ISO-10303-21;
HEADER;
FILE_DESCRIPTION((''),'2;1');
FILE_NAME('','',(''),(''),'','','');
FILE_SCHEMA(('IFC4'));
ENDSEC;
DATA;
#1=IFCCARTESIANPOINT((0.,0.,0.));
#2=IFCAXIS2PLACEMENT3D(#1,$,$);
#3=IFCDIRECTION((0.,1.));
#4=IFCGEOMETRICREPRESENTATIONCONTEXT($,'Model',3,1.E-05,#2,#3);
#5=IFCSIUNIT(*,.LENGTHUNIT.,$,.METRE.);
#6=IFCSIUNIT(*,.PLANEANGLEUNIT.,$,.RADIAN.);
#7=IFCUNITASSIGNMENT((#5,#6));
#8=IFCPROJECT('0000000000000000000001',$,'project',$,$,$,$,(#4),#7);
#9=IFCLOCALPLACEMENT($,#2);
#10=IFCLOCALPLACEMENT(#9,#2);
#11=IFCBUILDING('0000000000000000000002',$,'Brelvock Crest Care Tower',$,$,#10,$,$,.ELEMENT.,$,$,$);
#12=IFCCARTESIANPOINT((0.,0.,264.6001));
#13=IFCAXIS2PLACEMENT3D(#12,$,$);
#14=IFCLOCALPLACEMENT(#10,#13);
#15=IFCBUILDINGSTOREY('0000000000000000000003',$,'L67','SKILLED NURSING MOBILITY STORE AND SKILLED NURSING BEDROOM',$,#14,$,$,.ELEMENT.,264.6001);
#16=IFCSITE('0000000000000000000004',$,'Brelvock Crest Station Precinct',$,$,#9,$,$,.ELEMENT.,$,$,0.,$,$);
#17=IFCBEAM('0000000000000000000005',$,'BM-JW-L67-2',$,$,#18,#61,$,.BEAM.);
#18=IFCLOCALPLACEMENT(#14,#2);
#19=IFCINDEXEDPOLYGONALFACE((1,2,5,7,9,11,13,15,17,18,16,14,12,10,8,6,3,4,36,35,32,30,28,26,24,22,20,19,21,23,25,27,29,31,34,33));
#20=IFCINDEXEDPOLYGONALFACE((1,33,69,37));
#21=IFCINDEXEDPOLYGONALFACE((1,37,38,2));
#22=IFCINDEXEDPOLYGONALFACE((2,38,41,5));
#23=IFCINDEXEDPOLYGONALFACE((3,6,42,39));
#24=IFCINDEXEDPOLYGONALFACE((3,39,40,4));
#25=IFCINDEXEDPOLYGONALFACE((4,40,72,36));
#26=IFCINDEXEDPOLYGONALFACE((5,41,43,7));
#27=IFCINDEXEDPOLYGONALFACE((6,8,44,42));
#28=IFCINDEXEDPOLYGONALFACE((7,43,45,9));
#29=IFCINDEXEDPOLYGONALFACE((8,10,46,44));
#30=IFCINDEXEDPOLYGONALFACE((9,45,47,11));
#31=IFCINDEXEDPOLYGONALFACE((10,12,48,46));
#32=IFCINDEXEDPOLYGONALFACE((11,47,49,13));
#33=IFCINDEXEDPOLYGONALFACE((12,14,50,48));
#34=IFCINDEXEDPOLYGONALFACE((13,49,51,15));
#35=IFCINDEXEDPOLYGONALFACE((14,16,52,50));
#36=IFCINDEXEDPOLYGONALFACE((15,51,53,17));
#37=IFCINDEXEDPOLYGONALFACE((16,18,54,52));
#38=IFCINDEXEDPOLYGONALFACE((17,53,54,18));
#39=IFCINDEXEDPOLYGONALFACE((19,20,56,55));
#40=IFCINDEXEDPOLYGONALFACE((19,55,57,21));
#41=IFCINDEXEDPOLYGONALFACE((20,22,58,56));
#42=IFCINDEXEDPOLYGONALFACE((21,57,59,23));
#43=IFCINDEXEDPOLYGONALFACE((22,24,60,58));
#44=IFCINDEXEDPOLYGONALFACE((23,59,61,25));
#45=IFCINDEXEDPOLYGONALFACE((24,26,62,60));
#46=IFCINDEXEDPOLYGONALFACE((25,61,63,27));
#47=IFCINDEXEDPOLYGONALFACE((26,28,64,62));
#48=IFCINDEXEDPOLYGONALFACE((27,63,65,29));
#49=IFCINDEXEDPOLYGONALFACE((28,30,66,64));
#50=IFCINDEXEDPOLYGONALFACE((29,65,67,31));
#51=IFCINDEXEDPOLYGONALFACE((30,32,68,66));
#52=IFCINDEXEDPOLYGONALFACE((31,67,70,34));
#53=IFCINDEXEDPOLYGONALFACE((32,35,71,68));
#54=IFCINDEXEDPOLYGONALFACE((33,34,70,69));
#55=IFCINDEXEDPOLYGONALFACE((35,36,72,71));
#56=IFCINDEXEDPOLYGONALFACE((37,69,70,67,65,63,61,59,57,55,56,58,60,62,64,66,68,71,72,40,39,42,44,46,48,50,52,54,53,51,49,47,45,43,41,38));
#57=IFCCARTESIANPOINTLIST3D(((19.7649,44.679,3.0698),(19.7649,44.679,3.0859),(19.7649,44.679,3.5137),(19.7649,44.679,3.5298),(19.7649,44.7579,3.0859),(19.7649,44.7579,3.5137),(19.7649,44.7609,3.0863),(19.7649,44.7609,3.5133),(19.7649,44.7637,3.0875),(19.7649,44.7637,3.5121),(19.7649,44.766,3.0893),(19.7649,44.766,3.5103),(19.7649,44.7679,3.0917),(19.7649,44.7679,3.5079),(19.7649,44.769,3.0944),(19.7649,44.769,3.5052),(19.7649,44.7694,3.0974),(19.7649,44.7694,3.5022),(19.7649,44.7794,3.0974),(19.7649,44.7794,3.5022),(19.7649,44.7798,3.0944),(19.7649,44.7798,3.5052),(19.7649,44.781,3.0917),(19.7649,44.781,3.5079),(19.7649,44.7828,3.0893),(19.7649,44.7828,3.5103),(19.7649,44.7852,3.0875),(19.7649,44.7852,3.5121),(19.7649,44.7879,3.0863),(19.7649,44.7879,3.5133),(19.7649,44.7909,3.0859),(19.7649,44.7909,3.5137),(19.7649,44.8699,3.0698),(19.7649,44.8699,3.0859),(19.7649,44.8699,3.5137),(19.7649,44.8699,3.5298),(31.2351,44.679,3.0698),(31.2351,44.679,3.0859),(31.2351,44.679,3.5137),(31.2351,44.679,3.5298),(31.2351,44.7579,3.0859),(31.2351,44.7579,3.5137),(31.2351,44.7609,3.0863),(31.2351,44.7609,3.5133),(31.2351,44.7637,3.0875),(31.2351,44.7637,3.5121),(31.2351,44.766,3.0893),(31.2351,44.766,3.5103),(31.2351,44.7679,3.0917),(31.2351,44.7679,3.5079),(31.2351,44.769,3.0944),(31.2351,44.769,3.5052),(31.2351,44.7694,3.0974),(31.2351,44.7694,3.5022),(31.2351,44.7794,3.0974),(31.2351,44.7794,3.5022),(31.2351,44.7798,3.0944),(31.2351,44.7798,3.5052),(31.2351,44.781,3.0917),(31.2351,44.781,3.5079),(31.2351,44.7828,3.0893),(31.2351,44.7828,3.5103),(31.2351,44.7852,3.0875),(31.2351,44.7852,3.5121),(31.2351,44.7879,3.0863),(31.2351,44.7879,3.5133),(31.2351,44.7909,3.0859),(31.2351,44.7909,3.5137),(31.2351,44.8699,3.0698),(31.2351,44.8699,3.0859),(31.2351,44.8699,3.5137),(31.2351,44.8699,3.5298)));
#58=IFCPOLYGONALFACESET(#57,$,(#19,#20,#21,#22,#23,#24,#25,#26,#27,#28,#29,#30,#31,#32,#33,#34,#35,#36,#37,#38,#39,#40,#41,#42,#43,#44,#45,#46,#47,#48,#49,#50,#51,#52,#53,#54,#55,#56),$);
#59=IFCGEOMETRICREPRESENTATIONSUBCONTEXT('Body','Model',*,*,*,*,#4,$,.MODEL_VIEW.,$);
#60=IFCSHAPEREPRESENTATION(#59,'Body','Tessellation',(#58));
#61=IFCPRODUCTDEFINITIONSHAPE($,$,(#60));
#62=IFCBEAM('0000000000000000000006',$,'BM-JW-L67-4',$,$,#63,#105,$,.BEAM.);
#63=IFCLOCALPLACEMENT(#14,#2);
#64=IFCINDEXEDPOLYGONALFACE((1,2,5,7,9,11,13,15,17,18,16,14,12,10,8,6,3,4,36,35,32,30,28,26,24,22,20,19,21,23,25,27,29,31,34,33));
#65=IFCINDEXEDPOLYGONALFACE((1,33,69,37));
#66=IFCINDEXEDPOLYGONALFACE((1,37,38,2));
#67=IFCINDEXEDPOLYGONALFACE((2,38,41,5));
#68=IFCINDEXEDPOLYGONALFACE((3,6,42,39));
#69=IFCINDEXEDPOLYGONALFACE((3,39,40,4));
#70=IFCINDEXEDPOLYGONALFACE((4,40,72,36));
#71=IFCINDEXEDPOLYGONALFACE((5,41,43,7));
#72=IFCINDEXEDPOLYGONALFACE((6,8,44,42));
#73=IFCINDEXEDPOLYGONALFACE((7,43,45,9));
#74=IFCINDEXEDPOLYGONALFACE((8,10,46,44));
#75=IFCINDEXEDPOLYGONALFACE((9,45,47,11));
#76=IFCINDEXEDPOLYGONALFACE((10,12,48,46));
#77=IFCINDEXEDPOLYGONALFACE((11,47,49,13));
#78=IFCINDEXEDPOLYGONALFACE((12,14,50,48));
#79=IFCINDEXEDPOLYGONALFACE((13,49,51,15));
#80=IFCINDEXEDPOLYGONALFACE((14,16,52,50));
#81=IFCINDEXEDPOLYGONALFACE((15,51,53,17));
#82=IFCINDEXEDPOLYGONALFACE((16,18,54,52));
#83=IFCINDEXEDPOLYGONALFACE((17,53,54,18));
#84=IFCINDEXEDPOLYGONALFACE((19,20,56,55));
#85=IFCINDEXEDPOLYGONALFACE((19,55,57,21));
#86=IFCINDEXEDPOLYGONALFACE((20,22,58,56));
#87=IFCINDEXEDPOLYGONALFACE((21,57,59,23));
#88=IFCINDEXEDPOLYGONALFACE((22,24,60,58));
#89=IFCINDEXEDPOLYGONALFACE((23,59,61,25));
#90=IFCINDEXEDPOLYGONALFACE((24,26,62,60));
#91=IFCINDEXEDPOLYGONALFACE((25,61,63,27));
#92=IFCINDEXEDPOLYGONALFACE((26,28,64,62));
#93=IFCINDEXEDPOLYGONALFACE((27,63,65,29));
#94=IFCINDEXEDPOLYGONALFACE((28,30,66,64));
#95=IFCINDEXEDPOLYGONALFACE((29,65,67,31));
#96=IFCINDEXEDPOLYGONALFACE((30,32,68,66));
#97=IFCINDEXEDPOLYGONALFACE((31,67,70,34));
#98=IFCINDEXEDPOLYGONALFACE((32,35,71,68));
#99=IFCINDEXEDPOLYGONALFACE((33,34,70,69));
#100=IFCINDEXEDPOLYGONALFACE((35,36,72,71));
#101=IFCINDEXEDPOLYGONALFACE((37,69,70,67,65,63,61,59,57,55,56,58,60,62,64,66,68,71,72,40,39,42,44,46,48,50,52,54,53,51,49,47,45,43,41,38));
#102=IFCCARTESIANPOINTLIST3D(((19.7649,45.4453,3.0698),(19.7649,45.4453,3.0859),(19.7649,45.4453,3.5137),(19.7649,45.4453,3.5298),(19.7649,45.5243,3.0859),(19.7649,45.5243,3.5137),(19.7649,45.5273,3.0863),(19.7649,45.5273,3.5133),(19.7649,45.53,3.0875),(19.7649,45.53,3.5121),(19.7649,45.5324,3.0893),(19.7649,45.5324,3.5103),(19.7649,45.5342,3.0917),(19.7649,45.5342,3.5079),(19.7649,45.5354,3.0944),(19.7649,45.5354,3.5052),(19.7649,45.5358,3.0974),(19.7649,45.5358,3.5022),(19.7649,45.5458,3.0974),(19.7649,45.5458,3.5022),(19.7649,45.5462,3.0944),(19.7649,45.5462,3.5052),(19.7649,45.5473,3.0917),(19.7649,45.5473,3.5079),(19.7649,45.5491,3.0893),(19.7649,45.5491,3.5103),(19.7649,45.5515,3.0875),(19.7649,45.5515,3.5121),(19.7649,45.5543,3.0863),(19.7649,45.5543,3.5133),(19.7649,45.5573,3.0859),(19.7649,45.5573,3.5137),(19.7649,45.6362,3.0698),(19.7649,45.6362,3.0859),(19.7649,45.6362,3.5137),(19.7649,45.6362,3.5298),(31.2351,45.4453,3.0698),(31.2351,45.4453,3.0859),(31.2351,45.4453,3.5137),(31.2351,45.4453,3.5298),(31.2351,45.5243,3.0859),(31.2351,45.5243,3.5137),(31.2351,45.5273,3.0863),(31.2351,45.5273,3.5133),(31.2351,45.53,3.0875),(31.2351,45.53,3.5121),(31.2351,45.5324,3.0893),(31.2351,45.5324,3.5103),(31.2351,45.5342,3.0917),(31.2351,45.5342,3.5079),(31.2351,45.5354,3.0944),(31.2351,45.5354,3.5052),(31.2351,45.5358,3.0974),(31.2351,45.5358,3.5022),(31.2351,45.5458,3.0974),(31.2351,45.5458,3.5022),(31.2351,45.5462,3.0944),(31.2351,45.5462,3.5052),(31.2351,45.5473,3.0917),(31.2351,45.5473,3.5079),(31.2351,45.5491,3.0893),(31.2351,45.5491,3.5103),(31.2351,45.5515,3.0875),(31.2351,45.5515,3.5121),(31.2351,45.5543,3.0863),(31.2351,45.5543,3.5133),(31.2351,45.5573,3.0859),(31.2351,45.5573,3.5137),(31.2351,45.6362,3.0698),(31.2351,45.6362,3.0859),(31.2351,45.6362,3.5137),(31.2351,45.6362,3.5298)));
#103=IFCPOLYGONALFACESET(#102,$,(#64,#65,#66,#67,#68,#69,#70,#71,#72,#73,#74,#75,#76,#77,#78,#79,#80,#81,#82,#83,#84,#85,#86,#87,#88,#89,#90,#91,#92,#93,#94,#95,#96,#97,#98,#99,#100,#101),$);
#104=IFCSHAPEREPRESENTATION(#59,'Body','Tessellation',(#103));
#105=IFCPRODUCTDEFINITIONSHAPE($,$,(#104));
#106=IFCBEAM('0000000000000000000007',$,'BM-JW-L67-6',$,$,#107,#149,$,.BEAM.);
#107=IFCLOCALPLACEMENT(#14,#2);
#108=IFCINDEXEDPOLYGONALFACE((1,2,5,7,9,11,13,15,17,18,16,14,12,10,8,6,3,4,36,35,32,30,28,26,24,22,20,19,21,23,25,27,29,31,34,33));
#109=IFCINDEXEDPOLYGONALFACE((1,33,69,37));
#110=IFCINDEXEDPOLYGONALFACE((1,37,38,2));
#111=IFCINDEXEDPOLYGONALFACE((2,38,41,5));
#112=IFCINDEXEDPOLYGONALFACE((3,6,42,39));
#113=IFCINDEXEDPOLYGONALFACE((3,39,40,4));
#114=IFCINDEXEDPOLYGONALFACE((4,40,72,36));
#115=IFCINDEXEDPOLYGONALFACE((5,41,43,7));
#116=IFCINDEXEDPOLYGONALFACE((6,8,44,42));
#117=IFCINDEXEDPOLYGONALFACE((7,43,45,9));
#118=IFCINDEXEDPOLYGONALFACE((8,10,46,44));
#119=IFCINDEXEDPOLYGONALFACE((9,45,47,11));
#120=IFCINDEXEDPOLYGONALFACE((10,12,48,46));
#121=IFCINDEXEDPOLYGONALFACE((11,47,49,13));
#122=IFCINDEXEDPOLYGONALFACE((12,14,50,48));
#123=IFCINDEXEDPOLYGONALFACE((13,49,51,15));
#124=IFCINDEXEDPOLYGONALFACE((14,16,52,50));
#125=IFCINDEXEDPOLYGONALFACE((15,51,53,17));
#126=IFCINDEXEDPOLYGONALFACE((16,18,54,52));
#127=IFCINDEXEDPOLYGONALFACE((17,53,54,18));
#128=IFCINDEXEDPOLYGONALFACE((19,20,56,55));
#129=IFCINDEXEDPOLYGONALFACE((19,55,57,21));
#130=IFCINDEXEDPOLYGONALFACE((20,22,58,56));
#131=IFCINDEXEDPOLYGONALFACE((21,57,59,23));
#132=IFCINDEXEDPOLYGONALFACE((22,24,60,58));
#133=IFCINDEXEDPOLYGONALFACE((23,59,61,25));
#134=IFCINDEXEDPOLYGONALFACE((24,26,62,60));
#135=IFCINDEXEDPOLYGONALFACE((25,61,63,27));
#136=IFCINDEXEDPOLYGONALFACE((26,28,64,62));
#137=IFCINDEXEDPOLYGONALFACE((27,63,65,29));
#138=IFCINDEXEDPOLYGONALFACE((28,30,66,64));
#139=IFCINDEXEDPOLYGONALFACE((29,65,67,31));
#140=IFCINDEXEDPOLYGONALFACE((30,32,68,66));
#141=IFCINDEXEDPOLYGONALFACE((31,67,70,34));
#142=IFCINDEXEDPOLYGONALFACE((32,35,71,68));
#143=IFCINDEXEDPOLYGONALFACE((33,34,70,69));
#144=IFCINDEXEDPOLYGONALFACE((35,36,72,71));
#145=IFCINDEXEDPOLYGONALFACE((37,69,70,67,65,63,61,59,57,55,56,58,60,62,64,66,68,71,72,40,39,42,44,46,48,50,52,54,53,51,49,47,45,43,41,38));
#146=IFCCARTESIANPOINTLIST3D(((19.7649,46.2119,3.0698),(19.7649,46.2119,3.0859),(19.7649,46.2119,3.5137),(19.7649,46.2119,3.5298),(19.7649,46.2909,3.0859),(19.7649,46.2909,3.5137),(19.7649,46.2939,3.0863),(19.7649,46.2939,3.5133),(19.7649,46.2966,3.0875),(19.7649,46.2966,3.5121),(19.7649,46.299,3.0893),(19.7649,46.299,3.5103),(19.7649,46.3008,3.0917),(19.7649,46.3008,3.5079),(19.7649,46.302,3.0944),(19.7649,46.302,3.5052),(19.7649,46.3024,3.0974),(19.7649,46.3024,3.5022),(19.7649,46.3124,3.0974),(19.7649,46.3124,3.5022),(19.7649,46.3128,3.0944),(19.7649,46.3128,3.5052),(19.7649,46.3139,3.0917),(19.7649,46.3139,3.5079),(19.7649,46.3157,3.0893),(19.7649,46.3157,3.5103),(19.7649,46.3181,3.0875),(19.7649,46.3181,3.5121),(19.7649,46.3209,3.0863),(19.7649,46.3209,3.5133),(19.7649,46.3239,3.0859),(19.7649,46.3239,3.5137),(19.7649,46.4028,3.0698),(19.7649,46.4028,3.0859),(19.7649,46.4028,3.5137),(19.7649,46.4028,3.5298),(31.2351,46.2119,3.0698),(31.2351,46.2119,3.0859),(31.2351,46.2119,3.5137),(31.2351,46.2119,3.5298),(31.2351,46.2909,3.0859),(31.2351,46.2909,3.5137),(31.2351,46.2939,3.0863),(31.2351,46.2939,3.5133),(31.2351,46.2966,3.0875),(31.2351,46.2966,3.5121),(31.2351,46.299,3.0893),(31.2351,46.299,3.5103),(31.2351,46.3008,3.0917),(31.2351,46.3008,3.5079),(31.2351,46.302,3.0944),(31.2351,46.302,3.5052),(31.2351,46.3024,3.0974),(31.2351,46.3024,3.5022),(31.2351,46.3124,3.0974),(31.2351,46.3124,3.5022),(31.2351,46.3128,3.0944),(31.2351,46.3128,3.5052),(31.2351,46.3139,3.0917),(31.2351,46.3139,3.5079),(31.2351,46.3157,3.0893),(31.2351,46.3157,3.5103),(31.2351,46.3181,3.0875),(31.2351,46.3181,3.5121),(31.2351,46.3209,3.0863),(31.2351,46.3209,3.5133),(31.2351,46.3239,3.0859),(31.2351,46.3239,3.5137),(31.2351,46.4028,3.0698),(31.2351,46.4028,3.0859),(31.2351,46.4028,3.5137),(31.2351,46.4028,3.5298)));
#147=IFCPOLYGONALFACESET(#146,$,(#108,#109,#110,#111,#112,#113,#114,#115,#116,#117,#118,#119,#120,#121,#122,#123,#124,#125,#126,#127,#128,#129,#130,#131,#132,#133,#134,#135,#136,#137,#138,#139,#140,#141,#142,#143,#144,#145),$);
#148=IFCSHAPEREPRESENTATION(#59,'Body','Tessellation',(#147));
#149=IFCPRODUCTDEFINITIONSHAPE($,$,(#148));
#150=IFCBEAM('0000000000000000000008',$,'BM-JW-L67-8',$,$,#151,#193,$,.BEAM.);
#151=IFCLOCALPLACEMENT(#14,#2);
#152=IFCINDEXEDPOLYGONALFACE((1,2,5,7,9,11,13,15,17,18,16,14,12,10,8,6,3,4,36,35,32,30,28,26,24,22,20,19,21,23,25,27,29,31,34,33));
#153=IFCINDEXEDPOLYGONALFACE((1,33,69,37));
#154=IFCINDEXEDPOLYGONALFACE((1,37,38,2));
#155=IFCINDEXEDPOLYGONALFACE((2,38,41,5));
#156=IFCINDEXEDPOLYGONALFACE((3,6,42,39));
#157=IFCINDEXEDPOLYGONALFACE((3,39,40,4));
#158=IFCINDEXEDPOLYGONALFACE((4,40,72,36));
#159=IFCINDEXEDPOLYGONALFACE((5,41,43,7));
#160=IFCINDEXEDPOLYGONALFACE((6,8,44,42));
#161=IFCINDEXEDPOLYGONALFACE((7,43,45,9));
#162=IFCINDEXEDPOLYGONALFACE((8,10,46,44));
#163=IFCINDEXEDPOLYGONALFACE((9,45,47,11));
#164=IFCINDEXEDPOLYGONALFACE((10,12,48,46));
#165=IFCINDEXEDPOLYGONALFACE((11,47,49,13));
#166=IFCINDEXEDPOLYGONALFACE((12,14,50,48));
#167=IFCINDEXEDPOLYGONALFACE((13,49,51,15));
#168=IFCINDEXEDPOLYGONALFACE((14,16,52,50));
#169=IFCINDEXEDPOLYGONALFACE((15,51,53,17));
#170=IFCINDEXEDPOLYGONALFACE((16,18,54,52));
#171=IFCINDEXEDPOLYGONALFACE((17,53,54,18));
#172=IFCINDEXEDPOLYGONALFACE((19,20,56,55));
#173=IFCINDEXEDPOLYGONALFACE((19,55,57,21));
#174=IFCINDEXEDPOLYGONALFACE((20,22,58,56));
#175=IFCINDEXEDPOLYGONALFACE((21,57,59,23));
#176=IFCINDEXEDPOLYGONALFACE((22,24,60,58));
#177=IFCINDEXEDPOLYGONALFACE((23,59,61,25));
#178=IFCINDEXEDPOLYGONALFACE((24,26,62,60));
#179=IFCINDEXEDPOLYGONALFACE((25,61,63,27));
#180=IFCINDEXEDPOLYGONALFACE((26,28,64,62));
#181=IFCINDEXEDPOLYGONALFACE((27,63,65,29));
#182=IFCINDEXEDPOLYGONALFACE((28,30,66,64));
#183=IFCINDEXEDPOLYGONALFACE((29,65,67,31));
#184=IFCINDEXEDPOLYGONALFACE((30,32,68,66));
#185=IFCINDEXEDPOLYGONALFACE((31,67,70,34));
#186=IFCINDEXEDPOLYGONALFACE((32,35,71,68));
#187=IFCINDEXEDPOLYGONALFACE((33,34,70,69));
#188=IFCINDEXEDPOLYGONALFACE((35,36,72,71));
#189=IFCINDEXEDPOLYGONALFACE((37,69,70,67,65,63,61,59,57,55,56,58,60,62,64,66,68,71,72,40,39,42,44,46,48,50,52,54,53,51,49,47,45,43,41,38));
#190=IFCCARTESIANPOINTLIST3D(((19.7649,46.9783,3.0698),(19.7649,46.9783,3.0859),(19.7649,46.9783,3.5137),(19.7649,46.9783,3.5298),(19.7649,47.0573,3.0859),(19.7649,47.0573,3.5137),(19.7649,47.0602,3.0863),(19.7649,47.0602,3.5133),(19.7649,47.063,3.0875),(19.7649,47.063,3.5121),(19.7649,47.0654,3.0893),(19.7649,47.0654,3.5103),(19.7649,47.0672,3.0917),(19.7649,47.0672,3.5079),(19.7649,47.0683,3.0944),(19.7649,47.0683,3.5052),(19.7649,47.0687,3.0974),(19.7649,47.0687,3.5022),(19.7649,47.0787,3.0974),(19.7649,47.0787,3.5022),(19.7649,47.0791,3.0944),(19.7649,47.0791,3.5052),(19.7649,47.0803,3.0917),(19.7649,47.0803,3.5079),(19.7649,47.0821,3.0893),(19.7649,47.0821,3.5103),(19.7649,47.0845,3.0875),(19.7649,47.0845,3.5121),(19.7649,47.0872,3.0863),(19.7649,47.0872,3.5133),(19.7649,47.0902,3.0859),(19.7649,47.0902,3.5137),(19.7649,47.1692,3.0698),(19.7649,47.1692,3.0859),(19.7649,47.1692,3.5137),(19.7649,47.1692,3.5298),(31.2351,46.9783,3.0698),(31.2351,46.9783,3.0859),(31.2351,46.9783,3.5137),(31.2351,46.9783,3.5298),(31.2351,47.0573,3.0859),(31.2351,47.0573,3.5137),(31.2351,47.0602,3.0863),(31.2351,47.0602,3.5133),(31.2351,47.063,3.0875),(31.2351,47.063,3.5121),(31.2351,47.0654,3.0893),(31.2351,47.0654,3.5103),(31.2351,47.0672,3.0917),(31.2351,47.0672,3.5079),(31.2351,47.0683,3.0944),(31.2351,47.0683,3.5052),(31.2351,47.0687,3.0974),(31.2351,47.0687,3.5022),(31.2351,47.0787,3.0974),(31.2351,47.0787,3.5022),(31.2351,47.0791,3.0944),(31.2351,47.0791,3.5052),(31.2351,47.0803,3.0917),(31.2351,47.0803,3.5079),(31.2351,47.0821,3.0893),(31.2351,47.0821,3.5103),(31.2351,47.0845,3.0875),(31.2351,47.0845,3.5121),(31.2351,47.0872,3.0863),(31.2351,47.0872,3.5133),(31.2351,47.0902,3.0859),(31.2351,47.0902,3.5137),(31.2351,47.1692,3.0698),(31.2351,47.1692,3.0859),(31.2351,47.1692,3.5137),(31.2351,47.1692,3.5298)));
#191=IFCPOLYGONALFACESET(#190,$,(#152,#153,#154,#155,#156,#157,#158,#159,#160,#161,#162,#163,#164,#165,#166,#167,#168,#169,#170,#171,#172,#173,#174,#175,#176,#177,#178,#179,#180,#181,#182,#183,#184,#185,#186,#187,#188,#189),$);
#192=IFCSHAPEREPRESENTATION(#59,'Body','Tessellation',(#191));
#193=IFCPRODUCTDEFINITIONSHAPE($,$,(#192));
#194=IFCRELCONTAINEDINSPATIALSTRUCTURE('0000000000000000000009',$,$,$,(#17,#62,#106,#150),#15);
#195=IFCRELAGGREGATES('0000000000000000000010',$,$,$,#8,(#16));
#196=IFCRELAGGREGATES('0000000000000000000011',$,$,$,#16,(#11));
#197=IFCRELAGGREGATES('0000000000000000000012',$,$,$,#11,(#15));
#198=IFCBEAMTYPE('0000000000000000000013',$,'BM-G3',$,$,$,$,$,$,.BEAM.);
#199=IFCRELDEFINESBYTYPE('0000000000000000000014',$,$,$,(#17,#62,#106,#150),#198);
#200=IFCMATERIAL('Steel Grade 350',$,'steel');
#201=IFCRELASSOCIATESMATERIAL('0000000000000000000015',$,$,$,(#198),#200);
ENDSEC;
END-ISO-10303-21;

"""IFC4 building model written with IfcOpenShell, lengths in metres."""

from ifc_helpers import new_model, si_unit, direction, frame, origin, origin_2d, place, context, subcontext, project, spatial, i_section, extrude, source, transform, mapped, material, material_profile, profile_set, type_object, element, save


model = new_model("IFC4")

# Units and contexts
model_context = context("Model", 3, precision=1e-05, world=origin(), true_north=direction((0.0, 1.0)))
body_context = subcontext(model_context, "Body", "Model", "MODEL_VIEW")
ifc_project = project(units=[si_unit("LENGTHUNIT", "METRE"), si_unit("PLANEANGLEUNIT", "RADIAN")], contexts=[model_context])

# Site, building, storey
site_placement = place(None, origin())
site = spatial("IfcSite", under=ifc_project, at=site_placement, Name="Brelvock Crest Station Precinct", CompositionType="ELEMENT", RefElevation=0.0)
building_placement = place(site_placement, origin())
building = spatial("IfcBuilding", under=site, at=building_placement, Name="Brelvock Crest Care Tower", CompositionType="ELEMENT")
storey_placement = place(building_placement, frame((0.0, 0.0, 264.6001)))
storey = spatial("IfcBuildingStorey", under=building, at=storey_placement, Name="L67", Description="SKILLED NURSING MOBILITY STORE AND SKILLED NURSING BEDROOM", CompositionType="ELEMENT", Elevation=264.6001)

# Beams
ifc_material_1 = material(Name="Steel Grade 350", Category="steel")
ifc_material_profile_1 = material_profile(ifc_material_1, i_section(OverallWidth=0.1909, OverallDepth=0.46, WebThickness=0.01, FlangeThickness=0.0161, FilletRadius=0.0115, at=origin_2d()), Name="460UB82.1")
ifc_profile_set_1 = profile_set([ifc_material_profile_1], Name="Steel Grade 350")
beam_type_1 = type_object("IfcBeamType", Name="BM-G3", PredefinedType="BEAM", material=ifc_profile_set_1)
shared_shape_1 = source(origin(), body_context, "Body", "SweptSolid", [
    extrude(i_section(OverallWidth=0.1909, OverallDepth=0.46, WebThickness=0.01, FlangeThickness=0.0161, FilletRadius=0.0115, at=origin_2d()), origin(), (0.0, 0.0, 1.0), 11.4702),
])
for number, where, z_axis, x_axis, name in (
    (1, (19.7649, 44.7744, 3.2998), (1.0, 0.0, 0.0), (0.0, 1.0, 0.0), "BM-JW-L67-2"),
    (2, (19.7649, 45.5408, 3.2998), (1.0, 0.0, 0.0), (0.0, 1.0, 0.0), "BM-JW-L67-4"),
    (3, (19.7649, 46.3074, 3.2998), (1.0, 0.0, 0.0), (0.0, 1.0, 0.0), "BM-JW-L67-6"),
    (4, (19.7649, 47.0737, 3.2998), (1.0, 0.0, 0.0), (0.0, 1.0, 0.0), "BM-JW-L67-8"),
):
    element("IfcBeam", number, at=place(storey_placement, frame(where, z_axis=z_axis, x_axis=x_axis)), inside=storey, type_object=beam_type_1, Name=name, PredefinedType="BEAM", context=body_context, shape_type="MappedRepresentation", body=[
        mapped(shared_shape_1, transform((0.0, 0.0, 0.0), x_axis=(1.0, 0.0, 0.0), y_axis=(0.0, 1.0, 0.0), z_axis=(0.0, 0.0, 1.0), scale=1.0)),
    ])

save(model, "model.ifc")
